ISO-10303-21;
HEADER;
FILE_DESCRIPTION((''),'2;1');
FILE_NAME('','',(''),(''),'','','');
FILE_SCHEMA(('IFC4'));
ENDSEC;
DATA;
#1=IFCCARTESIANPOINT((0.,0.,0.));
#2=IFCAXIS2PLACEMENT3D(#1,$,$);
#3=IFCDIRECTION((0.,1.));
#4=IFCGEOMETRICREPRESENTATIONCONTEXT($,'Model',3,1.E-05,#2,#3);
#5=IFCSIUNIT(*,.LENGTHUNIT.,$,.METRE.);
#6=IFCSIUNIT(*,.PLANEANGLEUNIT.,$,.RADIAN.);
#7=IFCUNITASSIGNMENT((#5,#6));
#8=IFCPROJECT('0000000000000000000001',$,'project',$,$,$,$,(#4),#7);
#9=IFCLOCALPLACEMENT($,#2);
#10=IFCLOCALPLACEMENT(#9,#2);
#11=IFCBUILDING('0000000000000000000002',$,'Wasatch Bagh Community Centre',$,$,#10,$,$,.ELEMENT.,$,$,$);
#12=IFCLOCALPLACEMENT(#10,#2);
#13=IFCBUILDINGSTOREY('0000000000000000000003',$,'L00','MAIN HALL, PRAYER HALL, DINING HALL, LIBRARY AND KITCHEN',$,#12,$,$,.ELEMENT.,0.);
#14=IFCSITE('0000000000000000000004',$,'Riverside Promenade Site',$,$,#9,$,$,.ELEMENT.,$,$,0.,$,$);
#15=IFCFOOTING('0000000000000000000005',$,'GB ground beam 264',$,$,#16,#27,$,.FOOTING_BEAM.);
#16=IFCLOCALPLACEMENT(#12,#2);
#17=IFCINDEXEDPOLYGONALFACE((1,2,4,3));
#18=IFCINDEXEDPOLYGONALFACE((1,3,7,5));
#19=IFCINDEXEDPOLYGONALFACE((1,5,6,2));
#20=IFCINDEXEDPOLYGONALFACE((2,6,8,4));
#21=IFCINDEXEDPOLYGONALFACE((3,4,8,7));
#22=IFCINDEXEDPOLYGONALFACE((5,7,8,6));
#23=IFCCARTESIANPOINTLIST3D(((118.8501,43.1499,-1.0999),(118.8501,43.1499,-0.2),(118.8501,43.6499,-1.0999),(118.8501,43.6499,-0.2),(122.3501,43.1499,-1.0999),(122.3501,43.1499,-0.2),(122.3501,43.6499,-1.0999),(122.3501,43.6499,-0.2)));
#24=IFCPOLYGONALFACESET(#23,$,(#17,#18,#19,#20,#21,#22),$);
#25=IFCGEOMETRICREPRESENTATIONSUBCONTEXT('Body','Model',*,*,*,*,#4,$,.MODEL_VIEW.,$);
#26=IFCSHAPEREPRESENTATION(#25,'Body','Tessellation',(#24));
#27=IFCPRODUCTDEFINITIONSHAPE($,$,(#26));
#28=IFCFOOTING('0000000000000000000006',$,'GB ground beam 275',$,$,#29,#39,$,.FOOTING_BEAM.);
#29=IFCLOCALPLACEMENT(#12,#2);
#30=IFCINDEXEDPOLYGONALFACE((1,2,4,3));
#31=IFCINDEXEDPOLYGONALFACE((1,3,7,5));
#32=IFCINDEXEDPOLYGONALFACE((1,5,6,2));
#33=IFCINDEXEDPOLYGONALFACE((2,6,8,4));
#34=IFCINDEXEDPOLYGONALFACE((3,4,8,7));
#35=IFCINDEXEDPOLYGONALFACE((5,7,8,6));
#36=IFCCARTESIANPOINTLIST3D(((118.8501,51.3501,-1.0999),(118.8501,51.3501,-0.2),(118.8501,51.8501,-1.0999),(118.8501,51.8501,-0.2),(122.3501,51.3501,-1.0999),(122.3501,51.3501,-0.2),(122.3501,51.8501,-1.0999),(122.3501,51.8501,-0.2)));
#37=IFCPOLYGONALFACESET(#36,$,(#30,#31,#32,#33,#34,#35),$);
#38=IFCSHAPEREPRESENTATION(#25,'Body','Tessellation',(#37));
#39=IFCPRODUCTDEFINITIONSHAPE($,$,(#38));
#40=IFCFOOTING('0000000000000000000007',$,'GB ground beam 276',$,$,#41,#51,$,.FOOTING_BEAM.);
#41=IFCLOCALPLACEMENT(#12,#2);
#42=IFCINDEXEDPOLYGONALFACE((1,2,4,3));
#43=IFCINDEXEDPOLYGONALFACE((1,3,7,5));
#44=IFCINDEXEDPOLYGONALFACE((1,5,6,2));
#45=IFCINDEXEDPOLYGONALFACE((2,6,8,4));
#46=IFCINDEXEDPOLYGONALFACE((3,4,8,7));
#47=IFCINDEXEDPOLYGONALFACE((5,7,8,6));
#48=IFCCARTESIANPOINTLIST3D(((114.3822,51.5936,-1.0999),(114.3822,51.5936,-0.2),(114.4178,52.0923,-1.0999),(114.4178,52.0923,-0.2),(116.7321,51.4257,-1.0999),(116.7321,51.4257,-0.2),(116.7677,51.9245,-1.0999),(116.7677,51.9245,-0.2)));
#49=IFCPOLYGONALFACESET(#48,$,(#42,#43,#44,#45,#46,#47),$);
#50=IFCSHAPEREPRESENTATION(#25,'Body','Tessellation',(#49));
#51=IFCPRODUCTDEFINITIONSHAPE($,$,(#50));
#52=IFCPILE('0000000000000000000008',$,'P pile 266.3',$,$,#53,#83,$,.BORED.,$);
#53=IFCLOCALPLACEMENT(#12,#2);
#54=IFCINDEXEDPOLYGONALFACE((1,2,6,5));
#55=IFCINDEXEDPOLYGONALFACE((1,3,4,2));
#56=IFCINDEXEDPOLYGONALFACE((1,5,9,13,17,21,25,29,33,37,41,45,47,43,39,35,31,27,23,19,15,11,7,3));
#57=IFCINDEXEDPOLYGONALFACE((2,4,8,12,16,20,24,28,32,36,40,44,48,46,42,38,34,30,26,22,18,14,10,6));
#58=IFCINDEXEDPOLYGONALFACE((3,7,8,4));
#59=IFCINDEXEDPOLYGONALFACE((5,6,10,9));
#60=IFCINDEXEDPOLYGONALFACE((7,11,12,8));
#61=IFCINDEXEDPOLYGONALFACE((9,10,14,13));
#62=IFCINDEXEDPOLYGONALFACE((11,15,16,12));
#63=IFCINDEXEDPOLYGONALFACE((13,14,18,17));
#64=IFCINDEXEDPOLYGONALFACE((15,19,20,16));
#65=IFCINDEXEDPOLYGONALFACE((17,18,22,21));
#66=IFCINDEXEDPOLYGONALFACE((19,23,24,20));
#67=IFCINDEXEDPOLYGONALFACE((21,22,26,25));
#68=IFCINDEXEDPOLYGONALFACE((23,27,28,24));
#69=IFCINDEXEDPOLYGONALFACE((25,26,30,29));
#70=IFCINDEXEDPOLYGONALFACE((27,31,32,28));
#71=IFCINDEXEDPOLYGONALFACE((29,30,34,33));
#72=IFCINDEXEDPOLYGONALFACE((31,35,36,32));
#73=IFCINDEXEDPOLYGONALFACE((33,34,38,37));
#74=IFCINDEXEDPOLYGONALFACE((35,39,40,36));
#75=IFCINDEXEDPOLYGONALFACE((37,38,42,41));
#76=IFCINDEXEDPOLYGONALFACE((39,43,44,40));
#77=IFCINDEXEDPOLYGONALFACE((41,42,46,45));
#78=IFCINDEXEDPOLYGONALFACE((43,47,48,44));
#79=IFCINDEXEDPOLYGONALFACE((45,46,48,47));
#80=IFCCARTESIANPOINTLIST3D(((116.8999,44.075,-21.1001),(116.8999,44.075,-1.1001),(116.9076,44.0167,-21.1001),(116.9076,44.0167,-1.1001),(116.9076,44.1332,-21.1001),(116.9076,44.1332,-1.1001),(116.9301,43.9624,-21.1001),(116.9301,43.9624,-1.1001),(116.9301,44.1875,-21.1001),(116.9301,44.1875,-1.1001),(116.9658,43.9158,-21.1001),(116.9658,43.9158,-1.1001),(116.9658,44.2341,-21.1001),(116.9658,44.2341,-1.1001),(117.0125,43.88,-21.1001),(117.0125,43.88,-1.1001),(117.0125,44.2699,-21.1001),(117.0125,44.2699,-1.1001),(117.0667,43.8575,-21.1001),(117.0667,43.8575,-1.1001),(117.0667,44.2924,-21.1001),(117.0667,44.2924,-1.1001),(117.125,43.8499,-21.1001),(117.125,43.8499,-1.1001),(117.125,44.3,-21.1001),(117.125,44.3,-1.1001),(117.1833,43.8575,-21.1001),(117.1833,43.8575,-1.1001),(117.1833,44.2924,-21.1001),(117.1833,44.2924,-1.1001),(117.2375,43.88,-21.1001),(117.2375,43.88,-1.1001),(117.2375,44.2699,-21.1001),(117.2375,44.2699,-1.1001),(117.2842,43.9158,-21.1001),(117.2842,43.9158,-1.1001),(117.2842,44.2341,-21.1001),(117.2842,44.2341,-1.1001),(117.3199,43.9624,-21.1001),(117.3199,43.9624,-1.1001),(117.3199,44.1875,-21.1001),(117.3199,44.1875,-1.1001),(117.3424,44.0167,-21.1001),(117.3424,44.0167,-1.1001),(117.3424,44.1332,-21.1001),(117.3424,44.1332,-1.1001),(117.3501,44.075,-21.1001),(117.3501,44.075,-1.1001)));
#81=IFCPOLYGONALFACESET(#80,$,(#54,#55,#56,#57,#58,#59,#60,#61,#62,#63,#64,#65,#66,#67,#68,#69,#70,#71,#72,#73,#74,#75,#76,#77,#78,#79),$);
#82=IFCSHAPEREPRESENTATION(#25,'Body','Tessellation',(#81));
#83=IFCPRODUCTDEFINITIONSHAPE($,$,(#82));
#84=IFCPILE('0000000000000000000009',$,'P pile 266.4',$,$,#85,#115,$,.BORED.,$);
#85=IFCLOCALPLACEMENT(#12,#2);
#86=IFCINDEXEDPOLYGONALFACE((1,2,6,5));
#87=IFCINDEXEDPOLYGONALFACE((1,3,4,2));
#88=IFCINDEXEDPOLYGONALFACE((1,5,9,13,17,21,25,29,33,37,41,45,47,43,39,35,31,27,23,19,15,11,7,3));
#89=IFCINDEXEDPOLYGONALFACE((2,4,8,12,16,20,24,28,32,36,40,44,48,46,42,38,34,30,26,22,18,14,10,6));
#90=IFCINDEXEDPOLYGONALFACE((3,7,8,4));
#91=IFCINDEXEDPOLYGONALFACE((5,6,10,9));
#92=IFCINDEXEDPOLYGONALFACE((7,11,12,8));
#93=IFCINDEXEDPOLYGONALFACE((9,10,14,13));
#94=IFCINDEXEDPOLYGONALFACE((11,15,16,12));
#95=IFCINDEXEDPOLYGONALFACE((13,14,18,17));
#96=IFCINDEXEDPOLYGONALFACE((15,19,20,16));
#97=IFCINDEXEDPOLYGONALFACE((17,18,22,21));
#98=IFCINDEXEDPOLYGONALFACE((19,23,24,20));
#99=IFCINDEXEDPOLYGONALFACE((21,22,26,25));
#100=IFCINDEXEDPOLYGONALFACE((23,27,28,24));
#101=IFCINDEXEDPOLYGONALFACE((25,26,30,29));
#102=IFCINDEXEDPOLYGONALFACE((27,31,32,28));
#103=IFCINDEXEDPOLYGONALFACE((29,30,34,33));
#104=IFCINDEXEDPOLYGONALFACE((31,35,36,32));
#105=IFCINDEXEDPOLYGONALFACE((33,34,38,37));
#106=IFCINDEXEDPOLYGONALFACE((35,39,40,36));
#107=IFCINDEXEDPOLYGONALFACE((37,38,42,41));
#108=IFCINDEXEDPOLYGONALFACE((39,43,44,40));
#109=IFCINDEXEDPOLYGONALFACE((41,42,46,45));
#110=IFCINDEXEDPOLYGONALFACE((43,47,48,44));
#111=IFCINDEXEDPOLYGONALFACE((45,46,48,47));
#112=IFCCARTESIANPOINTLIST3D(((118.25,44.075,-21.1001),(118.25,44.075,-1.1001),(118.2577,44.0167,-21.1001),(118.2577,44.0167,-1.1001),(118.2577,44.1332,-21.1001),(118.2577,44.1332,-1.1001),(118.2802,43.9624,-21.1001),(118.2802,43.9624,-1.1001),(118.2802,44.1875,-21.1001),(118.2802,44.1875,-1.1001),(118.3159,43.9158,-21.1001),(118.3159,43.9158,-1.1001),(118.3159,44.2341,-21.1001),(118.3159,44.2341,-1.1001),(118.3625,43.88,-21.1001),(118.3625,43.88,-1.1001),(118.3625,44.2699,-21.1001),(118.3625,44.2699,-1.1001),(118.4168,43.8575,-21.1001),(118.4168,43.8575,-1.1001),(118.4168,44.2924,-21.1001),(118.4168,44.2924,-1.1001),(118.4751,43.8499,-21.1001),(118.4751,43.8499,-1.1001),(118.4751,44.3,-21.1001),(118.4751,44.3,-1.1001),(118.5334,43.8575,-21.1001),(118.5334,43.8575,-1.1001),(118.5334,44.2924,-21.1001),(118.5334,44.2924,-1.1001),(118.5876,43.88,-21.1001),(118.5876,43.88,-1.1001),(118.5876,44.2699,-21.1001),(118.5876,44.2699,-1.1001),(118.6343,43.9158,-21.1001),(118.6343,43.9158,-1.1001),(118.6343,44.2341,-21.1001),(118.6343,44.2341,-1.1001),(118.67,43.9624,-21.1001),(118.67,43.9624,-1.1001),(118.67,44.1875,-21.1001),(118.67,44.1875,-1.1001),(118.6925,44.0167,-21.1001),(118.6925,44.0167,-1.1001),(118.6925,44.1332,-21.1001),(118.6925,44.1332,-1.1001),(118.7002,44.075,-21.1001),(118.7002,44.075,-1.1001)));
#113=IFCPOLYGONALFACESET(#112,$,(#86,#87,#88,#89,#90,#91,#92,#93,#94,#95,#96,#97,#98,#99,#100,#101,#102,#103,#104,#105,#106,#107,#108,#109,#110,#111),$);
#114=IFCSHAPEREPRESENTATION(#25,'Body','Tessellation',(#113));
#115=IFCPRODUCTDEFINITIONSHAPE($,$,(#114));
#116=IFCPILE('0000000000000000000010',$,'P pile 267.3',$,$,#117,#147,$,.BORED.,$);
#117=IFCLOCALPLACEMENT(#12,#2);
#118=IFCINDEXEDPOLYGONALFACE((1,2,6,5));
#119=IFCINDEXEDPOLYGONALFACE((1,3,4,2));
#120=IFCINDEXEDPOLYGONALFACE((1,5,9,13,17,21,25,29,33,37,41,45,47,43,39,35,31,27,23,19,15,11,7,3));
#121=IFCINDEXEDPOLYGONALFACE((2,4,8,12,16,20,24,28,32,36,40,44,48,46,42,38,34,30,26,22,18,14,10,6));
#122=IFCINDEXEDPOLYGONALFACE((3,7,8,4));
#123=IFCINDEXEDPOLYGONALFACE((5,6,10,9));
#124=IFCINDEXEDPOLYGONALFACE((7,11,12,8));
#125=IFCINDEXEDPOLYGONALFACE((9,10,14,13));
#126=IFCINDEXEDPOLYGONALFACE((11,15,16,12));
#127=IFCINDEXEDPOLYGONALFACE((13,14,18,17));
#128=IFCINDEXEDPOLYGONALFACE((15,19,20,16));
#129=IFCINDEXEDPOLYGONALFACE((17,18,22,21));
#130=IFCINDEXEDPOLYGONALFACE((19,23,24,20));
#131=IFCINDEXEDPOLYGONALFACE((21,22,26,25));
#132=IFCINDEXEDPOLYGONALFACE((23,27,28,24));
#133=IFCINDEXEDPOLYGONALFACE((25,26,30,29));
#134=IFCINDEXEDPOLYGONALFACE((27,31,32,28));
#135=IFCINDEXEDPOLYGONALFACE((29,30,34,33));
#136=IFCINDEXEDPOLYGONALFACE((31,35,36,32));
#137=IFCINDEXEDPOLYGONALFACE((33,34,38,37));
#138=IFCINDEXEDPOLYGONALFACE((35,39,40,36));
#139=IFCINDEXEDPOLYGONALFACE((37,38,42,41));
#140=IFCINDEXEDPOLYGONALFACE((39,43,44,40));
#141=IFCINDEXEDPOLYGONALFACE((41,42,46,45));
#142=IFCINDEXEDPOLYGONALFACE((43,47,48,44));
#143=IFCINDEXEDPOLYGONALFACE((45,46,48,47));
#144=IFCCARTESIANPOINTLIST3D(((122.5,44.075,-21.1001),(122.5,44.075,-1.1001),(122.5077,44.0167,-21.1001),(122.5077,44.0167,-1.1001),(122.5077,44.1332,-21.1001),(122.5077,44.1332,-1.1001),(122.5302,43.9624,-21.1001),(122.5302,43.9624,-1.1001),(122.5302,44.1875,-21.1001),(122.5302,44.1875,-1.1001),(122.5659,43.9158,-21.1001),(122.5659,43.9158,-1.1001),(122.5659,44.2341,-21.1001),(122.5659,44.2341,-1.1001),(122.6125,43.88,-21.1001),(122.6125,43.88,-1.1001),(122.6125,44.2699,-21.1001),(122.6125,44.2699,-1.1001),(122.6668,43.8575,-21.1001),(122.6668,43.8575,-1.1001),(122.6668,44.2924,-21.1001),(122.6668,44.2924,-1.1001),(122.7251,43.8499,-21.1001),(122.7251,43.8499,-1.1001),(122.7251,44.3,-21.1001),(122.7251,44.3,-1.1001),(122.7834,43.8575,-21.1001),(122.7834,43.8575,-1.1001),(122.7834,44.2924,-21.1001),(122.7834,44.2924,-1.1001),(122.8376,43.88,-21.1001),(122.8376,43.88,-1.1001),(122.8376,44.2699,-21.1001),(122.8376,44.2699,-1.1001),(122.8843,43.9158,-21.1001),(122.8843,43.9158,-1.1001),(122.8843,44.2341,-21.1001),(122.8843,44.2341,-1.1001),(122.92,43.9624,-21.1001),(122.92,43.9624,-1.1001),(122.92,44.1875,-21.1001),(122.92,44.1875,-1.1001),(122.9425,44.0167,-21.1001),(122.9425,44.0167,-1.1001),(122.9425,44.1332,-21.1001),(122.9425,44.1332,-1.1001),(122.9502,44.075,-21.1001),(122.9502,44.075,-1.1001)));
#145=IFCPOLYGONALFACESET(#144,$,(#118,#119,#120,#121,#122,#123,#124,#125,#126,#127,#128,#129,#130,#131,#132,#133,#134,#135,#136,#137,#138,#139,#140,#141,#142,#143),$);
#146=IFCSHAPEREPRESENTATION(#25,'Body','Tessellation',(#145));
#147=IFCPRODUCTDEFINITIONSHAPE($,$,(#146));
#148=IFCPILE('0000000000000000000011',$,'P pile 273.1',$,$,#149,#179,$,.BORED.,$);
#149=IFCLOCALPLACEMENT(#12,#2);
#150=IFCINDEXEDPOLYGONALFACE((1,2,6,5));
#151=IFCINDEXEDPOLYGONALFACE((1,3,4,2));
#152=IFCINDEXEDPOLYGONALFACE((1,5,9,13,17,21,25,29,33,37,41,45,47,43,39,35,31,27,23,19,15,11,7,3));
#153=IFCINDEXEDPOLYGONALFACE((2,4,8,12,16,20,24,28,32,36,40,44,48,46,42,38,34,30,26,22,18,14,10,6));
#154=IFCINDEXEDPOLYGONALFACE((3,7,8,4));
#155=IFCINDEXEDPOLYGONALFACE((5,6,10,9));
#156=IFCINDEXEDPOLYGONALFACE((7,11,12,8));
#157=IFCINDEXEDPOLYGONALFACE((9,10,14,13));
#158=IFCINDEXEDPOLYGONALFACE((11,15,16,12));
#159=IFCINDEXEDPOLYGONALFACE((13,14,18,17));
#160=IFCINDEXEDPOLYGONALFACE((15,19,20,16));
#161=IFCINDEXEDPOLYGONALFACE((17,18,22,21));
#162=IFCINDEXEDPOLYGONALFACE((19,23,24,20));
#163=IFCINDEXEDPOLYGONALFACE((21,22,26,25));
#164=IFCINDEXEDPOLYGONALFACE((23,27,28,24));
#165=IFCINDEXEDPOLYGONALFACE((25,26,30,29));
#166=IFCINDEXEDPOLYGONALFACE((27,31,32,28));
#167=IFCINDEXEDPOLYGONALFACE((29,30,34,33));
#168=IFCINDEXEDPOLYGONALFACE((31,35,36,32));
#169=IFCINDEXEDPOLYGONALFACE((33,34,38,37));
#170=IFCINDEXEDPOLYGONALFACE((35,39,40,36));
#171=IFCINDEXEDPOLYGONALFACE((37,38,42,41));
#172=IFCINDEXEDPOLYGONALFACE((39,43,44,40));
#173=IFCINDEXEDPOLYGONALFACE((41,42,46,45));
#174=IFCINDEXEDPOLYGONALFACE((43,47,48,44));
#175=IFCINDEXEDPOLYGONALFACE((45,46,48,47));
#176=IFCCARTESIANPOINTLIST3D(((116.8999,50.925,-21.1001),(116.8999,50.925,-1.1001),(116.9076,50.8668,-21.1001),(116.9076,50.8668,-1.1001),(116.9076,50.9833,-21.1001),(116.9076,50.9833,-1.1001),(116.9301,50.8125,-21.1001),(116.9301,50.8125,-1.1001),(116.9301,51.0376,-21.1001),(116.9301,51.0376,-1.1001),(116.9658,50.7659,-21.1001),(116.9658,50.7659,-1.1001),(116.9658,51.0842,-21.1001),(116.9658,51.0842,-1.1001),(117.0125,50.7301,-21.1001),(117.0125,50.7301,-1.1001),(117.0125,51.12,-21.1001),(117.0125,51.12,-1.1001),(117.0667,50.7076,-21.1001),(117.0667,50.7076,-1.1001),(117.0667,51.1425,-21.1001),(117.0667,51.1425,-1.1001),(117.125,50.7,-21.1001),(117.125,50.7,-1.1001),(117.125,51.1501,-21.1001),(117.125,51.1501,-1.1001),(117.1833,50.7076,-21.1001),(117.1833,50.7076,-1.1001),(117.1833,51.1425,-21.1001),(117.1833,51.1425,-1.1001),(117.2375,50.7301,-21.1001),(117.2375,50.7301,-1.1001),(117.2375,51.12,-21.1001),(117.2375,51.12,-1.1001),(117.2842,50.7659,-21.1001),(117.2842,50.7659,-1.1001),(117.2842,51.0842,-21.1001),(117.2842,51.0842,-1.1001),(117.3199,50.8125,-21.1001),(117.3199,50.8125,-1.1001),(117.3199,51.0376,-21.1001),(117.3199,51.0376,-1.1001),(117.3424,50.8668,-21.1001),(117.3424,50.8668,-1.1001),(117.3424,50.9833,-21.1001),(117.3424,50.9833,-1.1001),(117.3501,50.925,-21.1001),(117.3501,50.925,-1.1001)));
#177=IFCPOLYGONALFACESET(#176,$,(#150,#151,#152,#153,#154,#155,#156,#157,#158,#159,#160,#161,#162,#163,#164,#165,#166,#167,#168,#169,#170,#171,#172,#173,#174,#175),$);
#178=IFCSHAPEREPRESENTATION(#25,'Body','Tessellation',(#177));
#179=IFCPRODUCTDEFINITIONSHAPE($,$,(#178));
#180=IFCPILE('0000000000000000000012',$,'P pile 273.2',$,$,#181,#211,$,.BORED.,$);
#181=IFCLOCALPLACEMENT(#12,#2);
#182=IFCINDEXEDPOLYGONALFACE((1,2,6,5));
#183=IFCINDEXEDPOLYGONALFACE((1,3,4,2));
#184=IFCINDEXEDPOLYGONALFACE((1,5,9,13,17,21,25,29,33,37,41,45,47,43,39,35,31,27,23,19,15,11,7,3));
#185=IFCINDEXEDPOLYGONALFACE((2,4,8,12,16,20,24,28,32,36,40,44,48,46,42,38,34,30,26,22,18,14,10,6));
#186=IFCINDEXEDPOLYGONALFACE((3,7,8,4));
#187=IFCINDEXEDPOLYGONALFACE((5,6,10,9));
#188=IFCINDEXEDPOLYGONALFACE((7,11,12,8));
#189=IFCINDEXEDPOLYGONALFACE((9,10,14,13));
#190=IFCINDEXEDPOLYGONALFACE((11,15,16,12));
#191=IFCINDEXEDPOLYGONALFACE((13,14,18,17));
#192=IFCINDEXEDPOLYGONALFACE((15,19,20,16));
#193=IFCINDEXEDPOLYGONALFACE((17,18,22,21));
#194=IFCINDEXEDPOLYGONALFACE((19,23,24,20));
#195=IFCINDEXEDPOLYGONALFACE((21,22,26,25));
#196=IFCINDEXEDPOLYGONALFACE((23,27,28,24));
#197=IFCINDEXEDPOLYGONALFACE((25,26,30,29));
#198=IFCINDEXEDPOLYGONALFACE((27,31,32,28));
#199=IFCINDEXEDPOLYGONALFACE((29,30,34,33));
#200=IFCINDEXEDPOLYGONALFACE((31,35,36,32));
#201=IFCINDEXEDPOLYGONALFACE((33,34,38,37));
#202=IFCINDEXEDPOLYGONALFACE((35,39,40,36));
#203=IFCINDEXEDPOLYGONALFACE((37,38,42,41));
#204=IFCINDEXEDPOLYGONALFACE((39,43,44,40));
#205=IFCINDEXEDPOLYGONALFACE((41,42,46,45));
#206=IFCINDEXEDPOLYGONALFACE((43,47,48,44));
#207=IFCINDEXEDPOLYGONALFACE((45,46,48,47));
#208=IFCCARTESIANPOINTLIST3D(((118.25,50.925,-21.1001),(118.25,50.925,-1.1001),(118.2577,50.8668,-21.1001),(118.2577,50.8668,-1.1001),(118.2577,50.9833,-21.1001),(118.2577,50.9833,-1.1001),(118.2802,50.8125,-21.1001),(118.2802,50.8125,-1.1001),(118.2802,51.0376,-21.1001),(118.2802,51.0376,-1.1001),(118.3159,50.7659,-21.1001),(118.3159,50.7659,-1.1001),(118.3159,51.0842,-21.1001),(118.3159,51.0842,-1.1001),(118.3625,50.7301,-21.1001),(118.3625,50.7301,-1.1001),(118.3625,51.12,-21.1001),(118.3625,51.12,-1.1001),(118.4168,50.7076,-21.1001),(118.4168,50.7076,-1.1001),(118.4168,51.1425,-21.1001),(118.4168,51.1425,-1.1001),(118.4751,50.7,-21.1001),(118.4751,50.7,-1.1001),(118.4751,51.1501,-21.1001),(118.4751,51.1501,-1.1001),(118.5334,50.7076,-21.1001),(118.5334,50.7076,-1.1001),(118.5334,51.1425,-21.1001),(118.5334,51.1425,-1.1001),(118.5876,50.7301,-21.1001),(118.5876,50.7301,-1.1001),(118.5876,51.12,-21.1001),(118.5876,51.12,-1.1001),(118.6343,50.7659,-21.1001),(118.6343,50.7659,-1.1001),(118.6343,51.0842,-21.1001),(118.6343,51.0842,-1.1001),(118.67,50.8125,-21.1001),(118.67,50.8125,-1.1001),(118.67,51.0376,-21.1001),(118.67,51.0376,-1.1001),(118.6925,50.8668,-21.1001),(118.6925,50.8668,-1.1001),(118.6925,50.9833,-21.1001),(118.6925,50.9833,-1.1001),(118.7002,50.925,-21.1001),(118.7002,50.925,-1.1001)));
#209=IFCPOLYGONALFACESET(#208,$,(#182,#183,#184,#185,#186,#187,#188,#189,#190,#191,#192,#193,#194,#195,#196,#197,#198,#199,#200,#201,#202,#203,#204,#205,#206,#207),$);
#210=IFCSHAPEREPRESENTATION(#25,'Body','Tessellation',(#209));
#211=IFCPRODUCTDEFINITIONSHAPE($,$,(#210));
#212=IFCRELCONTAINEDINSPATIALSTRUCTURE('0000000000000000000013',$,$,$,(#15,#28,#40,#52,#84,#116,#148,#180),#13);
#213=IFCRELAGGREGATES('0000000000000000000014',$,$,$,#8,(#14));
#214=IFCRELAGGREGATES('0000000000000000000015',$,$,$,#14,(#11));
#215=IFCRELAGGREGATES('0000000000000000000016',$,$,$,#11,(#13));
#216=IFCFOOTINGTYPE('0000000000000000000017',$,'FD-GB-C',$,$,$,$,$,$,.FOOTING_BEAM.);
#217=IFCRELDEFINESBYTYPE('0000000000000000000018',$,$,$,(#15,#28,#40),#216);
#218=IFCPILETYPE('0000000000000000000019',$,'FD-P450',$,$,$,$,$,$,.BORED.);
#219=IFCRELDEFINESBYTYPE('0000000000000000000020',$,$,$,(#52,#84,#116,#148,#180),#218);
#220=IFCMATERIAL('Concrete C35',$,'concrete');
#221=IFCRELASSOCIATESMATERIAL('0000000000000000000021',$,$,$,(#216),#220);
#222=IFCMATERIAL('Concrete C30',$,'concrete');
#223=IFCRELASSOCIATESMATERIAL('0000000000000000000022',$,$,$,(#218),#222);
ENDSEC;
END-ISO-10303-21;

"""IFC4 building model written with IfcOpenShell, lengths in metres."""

from ifc_helpers import new_model, si_unit, direction, frame, origin, origin_2d, place, context, subcontext, project, spatial, rectangle, circle, extrude, material, material_profile, profile_set, type_object, element, save


model = new_model("IFC4")

# Units and contexts
model_context = context("Model", 3, precision=1e-05, world=origin(), true_north=direction((0.0, 1.0)))
body_context = subcontext(model_context, "Body", "Model", "MODEL_VIEW")
ifc_project = project(units=[si_unit("LENGTHUNIT", "METRE"), si_unit("PLANEANGLEUNIT", "RADIAN")], contexts=[model_context])

# Site, building, storey
site_placement = place(None, origin())
site = spatial("IfcSite", under=ifc_project, at=site_placement, Name="Riverside Promenade Site", CompositionType="ELEMENT", RefElevation=0.0)
building_placement = place(site_placement, origin())
building = spatial("IfcBuilding", under=site, at=building_placement, Name="Wasatch Bagh Community Centre", CompositionType="ELEMENT")
storey_placement = place(building_placement, origin())
storey = spatial("IfcBuildingStorey", under=building, at=storey_placement, Name="L00", Description="MAIN HALL, PRAYER HALL, DINING HALL, LIBRARY AND KITCHEN", CompositionType="ELEMENT", Elevation=0.0)

# Footings
ifc_material_1 = material(Name="Concrete C35", Category="concrete")
footing_type_1 = type_object("IfcFootingType", Name="FD-GB-C", PredefinedType="FOOTING_BEAM", material=ifc_material_1)
for number, where, z_axis, x_axis, name in (
    (1, (120.6001, 43.3999, -1.0999), (0.0, 0.0, 1.0), (1.0, 0.0, 0.0), "GB ground beam 264"),
    (2, (120.6001, 51.6001, -1.0999), (0.0, 0.0, 1.0), (1.0, 0.0, 0.0), "GB ground beam 275"),
):
    element("IfcFooting", number, at=place(storey_placement, frame(where, z_axis=z_axis, x_axis=x_axis)), inside=storey, type_object=footing_type_1, Name=name, PredefinedType="FOOTING_BEAM", context=body_context, shape_type="SweptSolid", body=[
        extrude(rectangle(XDim=3.5, YDim=0.5, at=origin_2d()), origin(), (0.0, 0.0, 1.0), 0.8999),
    ])
footing_placement = place(storey_placement, frame((115.575, 51.759, -1.0999), z_axis=(0.0, 0.0, 1.0), x_axis=(-0.997459, 0.071247, 0.0)))
element("IfcFooting", 3, at=footing_placement, inside=storey, type_object=footing_type_1, Name="GB ground beam 276", PredefinedType="FOOTING_BEAM", context=body_context, shape_type="SweptSolid", body=[
    extrude(rectangle(XDim=2.356, YDim=0.5, at=origin_2d()), origin(), (0.0, 0.0, 1.0), 0.8999),
])

# Piles
ifc_material_2 = material(Name="Concrete C30", Category="concrete")
ifc_material_profile_1 = material_profile(ifc_material_2, circle(Radius=0.2251, at=origin_2d()), Name="RC D450")
ifc_profile_set_1 = profile_set([ifc_material_profile_1], Name="Concrete C30")
pile_type = type_object("IfcPileType", Name="FD-P450", PredefinedType="BORED", material=ifc_profile_set_1)
for number, where, z_axis, x_axis, name in (
    (4, (117.125, 44.075, -1.1001), (0.0, 0.0, -1.0), (1.0, 0.0, 0.0), "P pile 266.3"),
    (5, (118.4751, 44.075, -1.1001), (0.0, 0.0, -1.0), (1.0, 0.0, 0.0), "P pile 266.4"),
    (6, (122.7251, 44.075, -1.1001), (0.0, 0.0, -1.0), (1.0, 0.0, 0.0), "P pile 267.3"),
    (7, (117.125, 50.925, -1.1001), (0.0, 0.0, -1.0), (1.0, 0.0, 0.0), "P pile 273.1"),
    (8, (118.4751, 50.925, -1.1001), (0.0, 0.0, -1.0), (1.0, 0.0, 0.0), "P pile 273.2"),
):
    element("IfcPile", number, at=place(storey_placement, frame(where, z_axis=z_axis, x_axis=x_axis)), inside=storey, type_object=pile_type, Name=name, PredefinedType="BORED", context=body_context, shape_type="SweptSolid", body=[
        extrude(circle(Radius=0.2251, at=origin_2d()), origin(), (0.0, 0.0, 1.0), 20.0),
    ])

save(model, "model.ifc")
